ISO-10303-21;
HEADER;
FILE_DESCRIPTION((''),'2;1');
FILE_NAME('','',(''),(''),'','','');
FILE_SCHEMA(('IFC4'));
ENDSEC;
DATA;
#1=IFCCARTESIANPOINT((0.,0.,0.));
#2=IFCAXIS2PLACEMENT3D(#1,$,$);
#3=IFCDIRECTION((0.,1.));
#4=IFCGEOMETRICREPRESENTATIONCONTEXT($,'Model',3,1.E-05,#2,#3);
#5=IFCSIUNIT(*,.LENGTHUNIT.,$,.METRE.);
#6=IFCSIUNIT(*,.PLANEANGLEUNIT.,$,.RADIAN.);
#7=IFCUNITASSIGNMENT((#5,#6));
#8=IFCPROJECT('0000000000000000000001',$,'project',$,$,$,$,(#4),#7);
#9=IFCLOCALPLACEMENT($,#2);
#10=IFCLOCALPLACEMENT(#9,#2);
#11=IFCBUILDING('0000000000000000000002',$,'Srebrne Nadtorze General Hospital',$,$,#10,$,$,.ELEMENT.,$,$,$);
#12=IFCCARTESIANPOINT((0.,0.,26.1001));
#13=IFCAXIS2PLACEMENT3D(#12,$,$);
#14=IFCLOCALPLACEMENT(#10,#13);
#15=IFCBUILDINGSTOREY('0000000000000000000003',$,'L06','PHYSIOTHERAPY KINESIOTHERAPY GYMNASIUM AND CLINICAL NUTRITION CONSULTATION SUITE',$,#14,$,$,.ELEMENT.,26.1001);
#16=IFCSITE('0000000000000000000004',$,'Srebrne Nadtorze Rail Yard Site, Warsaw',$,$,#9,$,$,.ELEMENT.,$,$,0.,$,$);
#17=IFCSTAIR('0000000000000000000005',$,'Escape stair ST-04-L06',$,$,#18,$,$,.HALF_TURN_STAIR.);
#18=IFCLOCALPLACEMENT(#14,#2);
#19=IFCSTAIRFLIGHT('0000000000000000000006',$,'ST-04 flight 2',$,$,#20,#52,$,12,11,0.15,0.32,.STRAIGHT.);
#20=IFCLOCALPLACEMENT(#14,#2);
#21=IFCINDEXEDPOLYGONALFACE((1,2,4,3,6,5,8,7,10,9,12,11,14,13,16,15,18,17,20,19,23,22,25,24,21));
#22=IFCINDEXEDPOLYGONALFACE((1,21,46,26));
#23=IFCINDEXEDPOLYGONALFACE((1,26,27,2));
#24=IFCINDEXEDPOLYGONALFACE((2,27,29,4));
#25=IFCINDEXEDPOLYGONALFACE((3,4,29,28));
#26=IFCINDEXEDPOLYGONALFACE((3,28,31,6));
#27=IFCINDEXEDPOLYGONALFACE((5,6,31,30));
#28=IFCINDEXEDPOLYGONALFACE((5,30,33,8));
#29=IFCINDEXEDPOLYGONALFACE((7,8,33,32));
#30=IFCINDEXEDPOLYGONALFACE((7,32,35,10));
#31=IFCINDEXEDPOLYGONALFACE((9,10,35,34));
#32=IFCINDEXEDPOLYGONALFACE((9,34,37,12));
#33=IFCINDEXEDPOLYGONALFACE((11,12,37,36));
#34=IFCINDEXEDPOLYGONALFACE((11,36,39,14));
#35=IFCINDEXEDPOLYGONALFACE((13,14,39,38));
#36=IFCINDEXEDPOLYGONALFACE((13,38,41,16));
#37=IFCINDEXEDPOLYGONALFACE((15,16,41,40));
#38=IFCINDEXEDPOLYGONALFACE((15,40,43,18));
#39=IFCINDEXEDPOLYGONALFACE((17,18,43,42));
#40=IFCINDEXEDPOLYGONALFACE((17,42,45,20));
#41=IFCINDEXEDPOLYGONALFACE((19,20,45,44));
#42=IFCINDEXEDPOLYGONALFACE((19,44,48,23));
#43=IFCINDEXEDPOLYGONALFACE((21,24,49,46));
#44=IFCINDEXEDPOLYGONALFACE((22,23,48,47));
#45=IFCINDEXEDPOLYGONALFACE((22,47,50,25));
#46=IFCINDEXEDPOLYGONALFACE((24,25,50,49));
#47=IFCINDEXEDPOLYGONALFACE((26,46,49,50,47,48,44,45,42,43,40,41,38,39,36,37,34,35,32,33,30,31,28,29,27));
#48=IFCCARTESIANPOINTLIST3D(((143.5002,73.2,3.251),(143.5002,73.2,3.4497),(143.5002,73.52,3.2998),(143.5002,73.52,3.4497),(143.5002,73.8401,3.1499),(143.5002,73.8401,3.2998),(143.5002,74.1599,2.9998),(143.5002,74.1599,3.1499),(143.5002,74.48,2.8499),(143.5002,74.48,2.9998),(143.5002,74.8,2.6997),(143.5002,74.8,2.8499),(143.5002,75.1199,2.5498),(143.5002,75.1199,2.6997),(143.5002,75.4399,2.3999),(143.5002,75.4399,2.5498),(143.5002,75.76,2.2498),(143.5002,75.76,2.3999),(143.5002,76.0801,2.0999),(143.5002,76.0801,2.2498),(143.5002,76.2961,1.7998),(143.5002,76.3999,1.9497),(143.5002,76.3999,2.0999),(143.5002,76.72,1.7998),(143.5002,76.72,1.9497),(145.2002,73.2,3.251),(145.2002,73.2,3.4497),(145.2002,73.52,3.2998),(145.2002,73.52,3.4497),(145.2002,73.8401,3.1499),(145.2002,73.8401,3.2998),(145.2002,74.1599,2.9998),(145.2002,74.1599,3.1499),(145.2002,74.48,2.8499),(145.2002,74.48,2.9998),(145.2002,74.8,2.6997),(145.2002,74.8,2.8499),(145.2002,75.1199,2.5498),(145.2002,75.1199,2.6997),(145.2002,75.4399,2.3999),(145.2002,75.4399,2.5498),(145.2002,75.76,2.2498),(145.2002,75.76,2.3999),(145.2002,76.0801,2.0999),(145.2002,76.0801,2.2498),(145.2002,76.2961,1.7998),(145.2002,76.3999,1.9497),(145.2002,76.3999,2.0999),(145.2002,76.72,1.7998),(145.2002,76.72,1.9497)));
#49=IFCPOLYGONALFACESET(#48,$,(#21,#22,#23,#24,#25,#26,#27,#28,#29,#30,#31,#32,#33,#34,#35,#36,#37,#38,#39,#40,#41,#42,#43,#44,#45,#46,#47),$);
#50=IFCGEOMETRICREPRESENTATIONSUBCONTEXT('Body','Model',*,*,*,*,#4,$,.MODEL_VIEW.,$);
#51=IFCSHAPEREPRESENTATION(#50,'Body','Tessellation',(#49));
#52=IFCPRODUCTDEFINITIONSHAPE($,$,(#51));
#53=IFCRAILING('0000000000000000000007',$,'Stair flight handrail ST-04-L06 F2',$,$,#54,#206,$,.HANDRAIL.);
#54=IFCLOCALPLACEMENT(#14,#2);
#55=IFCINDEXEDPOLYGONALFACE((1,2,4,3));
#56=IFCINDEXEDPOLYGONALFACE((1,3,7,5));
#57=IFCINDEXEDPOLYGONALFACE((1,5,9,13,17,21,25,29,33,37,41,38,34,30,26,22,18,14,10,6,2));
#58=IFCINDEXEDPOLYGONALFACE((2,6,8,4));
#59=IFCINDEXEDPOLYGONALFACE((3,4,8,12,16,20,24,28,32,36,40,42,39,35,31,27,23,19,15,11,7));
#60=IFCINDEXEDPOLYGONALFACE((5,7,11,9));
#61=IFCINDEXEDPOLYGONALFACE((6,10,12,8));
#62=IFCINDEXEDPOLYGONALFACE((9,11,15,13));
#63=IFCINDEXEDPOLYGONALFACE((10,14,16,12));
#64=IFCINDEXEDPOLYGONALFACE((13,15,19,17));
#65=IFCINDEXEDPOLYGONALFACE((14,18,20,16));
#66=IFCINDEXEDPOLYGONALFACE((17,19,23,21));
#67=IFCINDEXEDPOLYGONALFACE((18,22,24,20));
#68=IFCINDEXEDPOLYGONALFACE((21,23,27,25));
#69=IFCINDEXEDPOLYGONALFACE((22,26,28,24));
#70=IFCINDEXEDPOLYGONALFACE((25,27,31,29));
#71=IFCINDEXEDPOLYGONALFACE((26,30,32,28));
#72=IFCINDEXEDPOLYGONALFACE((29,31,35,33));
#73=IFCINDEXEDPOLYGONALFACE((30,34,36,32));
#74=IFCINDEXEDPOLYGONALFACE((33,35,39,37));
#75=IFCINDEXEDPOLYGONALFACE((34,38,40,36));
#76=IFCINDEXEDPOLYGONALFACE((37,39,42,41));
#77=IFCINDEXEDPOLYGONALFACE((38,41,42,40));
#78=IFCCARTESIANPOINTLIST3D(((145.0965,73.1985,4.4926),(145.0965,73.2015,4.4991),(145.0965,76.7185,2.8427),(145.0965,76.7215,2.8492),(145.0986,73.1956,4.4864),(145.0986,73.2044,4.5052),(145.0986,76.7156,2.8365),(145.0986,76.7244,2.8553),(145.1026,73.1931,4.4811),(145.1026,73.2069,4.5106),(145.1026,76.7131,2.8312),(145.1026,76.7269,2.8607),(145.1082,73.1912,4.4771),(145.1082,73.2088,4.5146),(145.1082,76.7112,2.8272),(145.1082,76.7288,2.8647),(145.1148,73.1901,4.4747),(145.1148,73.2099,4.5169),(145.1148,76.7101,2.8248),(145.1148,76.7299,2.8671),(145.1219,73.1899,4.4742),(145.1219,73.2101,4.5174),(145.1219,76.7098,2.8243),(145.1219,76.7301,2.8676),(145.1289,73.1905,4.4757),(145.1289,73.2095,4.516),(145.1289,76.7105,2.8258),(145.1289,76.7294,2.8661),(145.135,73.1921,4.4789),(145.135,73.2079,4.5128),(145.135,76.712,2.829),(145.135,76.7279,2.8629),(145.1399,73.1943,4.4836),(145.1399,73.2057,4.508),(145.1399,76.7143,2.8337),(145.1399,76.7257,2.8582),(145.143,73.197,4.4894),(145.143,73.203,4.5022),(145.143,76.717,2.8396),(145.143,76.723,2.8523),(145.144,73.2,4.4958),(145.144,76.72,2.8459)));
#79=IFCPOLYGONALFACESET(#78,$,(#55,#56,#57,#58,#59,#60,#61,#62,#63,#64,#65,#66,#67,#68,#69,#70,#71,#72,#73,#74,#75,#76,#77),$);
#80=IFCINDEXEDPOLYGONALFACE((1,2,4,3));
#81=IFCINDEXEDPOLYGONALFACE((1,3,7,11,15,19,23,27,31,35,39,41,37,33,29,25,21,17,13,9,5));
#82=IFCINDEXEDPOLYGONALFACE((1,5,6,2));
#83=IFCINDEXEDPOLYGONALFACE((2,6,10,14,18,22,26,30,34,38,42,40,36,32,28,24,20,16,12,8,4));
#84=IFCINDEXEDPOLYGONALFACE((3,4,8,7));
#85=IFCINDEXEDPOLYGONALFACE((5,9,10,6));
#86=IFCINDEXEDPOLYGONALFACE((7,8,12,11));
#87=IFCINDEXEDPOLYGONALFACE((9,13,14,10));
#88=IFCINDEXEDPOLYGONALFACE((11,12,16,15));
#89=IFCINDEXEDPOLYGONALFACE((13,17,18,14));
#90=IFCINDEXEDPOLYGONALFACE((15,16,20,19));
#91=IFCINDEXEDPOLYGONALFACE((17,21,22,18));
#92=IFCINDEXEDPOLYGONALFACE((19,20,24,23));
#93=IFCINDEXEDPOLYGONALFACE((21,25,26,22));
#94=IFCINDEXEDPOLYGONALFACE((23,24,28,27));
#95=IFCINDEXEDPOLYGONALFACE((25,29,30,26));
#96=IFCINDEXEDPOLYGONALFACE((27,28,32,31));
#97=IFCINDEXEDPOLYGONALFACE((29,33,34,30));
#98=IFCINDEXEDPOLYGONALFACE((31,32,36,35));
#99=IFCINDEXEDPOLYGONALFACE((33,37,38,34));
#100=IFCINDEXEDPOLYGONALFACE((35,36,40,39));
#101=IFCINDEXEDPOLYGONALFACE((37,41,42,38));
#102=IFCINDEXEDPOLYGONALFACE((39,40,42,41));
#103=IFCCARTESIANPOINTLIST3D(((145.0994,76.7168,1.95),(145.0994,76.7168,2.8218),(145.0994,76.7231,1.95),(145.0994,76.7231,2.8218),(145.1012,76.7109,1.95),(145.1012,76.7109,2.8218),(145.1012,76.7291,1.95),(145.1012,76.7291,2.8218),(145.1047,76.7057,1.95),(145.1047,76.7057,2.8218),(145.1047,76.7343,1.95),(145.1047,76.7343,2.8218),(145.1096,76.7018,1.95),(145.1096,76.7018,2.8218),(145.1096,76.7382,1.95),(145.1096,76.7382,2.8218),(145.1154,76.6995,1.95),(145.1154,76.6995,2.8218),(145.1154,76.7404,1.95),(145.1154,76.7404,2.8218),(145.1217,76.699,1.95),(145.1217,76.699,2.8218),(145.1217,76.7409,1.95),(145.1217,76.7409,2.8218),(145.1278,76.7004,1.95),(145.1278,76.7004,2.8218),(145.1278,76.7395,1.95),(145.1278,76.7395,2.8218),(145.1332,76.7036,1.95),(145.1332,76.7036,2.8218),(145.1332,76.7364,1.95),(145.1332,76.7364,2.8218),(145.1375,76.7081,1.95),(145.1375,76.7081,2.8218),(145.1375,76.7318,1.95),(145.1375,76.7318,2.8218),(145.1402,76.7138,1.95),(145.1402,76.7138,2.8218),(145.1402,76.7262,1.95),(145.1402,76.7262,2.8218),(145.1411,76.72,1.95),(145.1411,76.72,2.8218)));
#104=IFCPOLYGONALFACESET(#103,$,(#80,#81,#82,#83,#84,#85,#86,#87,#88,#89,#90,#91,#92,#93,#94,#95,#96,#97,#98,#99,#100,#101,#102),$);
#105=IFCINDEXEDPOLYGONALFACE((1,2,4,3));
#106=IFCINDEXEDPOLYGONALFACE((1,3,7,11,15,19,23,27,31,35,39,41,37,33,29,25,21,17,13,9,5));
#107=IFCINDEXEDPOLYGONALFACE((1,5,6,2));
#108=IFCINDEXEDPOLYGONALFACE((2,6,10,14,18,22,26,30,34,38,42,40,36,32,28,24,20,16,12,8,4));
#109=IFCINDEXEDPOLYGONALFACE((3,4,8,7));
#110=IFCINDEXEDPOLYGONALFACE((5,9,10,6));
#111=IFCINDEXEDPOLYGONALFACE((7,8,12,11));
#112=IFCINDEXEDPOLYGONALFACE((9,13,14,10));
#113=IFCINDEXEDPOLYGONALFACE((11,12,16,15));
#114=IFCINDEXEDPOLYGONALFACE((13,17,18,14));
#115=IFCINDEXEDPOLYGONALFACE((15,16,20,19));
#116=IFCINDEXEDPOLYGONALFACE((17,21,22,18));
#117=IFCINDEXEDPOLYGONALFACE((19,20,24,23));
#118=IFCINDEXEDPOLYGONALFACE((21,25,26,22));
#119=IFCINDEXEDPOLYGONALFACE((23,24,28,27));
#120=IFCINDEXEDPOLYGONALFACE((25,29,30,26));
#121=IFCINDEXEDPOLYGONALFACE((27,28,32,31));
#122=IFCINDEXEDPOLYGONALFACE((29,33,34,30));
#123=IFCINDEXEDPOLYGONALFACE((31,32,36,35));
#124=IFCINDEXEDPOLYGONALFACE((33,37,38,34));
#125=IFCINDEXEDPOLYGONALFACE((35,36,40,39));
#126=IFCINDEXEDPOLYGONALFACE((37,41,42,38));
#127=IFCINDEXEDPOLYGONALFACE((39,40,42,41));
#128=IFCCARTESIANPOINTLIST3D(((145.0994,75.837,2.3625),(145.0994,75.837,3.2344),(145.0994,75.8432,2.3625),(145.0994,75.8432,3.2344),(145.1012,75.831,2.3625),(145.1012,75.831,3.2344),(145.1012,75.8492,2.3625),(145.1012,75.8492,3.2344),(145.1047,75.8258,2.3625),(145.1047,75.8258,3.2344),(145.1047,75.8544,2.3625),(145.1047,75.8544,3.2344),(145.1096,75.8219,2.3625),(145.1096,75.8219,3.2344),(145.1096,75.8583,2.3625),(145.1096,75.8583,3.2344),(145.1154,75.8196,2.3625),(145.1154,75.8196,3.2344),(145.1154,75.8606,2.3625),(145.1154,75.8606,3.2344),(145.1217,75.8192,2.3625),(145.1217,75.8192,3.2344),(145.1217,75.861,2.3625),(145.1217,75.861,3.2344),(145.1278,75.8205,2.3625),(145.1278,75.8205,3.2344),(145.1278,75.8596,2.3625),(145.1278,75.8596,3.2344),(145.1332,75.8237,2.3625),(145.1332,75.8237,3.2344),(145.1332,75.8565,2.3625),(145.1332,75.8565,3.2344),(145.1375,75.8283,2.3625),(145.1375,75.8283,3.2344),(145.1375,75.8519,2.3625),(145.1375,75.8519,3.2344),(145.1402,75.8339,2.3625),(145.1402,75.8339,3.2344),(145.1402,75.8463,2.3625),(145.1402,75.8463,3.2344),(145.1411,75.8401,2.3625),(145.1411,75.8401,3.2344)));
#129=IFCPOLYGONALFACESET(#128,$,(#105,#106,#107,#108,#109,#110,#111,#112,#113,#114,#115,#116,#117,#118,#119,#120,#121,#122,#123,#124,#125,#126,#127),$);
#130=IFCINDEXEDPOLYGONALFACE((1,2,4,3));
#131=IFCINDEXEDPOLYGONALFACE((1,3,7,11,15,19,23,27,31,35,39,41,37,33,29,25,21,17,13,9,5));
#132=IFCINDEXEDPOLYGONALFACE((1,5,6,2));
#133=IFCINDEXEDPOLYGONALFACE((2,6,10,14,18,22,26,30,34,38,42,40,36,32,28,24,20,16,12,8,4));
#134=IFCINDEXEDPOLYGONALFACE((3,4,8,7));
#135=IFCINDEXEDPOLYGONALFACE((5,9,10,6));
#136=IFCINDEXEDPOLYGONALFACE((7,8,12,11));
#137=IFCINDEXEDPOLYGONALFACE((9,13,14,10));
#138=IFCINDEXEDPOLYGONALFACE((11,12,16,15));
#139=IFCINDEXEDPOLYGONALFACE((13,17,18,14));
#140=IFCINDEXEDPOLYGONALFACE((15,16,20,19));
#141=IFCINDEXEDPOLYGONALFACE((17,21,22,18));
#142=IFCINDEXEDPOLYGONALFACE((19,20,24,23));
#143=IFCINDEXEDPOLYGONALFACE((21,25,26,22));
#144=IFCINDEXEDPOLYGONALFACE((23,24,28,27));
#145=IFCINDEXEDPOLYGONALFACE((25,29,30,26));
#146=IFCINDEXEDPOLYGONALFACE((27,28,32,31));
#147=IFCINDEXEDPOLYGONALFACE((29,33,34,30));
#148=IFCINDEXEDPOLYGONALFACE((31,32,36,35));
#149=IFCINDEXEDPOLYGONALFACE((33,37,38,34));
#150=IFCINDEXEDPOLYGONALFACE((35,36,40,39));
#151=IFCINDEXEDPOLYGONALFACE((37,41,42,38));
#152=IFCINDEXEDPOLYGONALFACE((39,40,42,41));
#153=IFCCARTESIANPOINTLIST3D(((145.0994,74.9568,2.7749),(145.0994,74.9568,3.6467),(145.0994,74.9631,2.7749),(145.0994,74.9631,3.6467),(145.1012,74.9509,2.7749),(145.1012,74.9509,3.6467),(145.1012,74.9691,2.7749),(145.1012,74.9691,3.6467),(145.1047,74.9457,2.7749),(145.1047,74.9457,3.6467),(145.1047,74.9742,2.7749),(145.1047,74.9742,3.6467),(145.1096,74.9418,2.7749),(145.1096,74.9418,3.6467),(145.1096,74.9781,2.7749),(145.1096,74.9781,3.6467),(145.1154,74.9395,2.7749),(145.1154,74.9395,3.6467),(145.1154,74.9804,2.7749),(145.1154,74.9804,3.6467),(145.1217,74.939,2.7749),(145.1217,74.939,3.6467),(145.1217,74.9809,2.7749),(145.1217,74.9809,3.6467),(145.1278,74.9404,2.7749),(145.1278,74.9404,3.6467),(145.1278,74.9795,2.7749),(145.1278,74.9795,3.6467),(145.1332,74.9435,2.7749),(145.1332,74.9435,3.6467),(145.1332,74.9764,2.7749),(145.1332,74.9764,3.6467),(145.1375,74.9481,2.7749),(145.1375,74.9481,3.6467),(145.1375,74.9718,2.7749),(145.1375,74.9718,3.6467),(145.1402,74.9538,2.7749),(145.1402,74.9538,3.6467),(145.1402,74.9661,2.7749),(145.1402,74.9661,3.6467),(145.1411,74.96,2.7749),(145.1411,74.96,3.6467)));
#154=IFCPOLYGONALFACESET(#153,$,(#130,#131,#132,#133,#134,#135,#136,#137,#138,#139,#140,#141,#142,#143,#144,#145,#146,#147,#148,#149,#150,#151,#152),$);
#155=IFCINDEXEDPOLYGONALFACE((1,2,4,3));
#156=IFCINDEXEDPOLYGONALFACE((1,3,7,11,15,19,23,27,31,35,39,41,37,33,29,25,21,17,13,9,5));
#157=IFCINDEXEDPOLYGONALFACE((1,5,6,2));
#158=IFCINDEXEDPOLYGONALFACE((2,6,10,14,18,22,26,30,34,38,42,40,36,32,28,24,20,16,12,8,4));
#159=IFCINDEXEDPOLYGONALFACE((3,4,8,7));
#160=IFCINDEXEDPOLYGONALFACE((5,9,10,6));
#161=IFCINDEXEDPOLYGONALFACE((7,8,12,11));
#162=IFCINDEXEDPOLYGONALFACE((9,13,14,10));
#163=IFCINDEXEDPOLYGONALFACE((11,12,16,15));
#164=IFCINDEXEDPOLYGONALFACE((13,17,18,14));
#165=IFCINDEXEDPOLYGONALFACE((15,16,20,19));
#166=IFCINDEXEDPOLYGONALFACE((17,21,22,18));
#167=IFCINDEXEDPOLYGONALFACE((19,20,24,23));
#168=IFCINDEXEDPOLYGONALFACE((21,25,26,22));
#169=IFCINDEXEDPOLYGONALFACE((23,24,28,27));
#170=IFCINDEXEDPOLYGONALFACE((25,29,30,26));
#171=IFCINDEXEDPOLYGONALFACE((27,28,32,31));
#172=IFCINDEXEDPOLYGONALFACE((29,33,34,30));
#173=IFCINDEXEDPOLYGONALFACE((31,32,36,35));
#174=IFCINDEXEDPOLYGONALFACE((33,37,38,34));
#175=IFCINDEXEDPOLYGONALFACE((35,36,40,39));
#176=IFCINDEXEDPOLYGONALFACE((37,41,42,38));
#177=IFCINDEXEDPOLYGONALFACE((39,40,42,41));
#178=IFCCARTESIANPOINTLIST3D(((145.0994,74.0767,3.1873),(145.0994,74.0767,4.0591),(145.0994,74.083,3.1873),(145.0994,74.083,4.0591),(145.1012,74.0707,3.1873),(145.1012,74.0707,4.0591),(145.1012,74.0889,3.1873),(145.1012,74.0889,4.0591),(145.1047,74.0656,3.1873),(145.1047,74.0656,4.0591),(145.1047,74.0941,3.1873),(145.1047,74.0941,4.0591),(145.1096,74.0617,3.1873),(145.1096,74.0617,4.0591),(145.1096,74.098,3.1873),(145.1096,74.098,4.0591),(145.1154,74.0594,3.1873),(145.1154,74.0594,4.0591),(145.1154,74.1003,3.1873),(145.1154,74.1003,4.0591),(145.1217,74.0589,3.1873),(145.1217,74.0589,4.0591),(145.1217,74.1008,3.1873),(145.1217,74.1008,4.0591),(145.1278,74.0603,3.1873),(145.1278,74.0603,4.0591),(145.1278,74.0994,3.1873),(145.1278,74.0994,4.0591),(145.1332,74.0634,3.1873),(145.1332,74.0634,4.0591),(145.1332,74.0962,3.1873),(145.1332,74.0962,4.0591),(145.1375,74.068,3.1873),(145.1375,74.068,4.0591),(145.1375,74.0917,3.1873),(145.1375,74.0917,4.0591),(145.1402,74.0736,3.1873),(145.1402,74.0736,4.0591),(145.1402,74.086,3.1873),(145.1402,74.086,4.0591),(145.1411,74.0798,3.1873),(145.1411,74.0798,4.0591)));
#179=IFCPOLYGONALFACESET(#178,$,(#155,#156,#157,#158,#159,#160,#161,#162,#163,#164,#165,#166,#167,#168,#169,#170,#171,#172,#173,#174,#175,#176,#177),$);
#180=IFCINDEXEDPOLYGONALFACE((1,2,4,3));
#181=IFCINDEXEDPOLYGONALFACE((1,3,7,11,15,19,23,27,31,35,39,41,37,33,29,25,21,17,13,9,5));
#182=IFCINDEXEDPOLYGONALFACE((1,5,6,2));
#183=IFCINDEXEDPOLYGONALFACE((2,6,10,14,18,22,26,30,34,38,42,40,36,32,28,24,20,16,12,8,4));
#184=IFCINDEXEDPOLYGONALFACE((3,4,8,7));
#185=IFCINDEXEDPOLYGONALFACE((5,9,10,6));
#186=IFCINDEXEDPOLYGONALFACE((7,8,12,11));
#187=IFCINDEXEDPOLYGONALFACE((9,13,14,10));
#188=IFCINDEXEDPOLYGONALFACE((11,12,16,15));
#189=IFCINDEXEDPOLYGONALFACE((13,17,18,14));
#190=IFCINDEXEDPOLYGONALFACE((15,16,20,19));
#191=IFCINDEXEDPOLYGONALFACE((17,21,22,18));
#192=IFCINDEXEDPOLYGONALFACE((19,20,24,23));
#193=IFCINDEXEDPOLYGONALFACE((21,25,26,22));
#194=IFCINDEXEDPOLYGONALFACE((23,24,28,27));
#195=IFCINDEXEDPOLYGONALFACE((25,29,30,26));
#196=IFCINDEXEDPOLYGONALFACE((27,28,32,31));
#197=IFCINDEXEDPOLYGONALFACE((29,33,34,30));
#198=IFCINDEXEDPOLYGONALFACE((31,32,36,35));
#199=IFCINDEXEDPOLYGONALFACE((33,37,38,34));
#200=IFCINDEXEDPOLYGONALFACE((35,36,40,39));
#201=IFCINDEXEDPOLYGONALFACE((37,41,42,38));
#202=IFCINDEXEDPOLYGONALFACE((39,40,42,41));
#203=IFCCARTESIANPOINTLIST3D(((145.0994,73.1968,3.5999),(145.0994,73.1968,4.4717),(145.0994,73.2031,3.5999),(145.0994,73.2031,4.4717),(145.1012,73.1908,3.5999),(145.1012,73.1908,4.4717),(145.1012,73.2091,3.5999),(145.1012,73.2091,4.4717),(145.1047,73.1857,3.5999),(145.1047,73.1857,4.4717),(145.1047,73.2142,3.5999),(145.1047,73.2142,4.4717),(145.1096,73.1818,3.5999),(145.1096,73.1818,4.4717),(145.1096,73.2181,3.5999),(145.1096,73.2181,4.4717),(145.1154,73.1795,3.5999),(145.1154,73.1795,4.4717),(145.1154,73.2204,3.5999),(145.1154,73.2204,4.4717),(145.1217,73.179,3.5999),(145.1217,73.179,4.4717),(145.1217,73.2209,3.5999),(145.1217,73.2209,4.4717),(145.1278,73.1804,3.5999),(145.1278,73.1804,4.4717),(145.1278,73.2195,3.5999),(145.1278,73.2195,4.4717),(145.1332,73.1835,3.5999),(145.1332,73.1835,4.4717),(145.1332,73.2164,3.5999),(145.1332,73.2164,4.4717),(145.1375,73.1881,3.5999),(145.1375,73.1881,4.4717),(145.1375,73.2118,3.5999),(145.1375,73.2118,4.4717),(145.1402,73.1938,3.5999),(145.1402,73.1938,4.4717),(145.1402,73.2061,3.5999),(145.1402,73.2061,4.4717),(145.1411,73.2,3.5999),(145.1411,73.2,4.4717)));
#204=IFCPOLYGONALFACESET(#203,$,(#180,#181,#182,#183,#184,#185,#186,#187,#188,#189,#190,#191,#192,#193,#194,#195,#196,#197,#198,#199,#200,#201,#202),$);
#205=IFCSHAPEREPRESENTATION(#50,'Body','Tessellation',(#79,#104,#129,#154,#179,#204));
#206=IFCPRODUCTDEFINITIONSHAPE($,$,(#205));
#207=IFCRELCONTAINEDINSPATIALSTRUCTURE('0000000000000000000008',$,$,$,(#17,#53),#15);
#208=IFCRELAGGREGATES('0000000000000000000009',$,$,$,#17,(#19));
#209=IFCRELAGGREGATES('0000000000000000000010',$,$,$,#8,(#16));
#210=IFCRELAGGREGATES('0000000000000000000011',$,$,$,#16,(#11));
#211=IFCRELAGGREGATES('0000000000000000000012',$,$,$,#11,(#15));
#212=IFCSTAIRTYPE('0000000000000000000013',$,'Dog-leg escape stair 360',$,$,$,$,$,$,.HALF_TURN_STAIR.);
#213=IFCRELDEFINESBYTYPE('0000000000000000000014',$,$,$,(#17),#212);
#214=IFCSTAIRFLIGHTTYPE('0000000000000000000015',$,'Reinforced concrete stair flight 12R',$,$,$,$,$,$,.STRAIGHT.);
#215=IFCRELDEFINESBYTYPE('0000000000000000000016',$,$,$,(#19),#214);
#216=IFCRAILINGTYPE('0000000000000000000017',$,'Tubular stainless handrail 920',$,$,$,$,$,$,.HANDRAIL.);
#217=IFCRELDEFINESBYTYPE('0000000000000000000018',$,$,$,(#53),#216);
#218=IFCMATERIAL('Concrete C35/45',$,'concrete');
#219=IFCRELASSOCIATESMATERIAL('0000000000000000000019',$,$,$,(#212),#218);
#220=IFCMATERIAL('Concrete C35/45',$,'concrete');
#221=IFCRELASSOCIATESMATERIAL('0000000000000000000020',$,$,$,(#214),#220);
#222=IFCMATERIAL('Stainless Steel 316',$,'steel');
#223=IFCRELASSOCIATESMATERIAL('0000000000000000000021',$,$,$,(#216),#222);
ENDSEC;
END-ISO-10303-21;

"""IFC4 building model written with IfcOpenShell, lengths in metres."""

from ifc_helpers import new_model, si_unit, direction, frame, origin, origin_2d, place, context, subcontext, project, spatial, polyline, circle, outline, extrude, material, type_object, element, aggregate, save


model = new_model("IFC4")

# Units and contexts
model_context = context("Model", 3, precision=1e-05, world=origin(), true_north=direction((0.0, 1.0)))
body_context = subcontext(model_context, "Body", "Model", "MODEL_VIEW")
ifc_project = project(units=[si_unit("LENGTHUNIT", "METRE"), si_unit("PLANEANGLEUNIT", "RADIAN")], contexts=[model_context])

# Site, building, storey
site_placement = place(None, origin())
site = spatial("IfcSite", under=ifc_project, at=site_placement, Name="Srebrne Nadtorze Rail Yard Site, Warsaw", CompositionType="ELEMENT", RefElevation=0.0)
building_placement = place(site_placement, origin())
building = spatial("IfcBuilding", under=site, at=building_placement, Name="Srebrne Nadtorze General Hospital", CompositionType="ELEMENT")
storey_placement = place(building_placement, frame((0.0, 0.0, 26.1001)))
storey = spatial("IfcBuildingStorey", under=building, at=storey_placement, Name="L06", Description="PHYSIOTHERAPY KINESIOTHERAPY GYMNASIUM AND CLINICAL NUTRITION CONSULTATION SUITE", CompositionType="ELEMENT", Elevation=26.1001)

# Stair, stair flight
ifc_material_1 = material(Name="Concrete C35/45", Category="concrete")
stair_type = type_object("IfcStairType", Name="Dog-leg escape stair 360", PredefinedType="HALF_TURN_STAIR", material=ifc_material_1)
stair_placement = place(storey_placement, origin())
stair = element("IfcStair", 1, at=stair_placement, inside=storey, type_object=stair_type, Name="Escape stair ST-04-L06", PredefinedType="HALF_TURN_STAIR")
ifc_material_2 = material(Name="Concrete C35/45", Category="concrete")
stair_flight_type = type_object("IfcStairFlightType", Name="Reinforced concrete stair flight 12R", PredefinedType="STRAIGHT", material=ifc_material_2)
stair_flight_placement = place(storey_placement, frame((144.3501, 76.72, 1.7998), z_axis=(0.0, 0.0, 1.0), x_axis=(0.0, -1.0, 0.0)))
stair_flight = element("IfcStairFlight", 2, at=stair_flight_placement, type_object=stair_flight_type, Name="ST-04 flight 2", NumberOfRisers=12, NumberOfTreads=11, PredefinedType="STRAIGHT", RiserHeight=0.15, TreadLength=0.32, context=body_context, shape_type="SweptSolid", body=[
    extrude(outline(polyline([(0.0, 0.0), (0.0, 0.1499), (0.3201, 0.1499), (0.3201, 0.3), (0.6399, 0.3), (0.6399, 0.45), (0.96, 0.45), (0.96, 0.6001), (1.28, 0.6001), (1.28, 0.75), (1.6001, 0.75), (1.6001, 0.8999), (1.9199, 0.8999), (1.9199, 1.05), (2.24, 1.05), (2.24, 1.2), (2.5601, 1.2), (2.5601, 1.3501), (2.8799, 1.3501), (2.8799, 1.5), (3.2, 1.5), (3.2, 1.6499), (3.52, 1.6499), (3.52, 1.8), (3.52, 1.4512), (0.4238, 0.0), (0.0, 0.0)])), frame((0.0, 0.8501, 0.0), z_axis=(0.0, -1.0, 0.0), x_axis=(1.0, 0.0, 0.0)), (0.0, 0.0, 1.0), 1.7),
])
aggregate(stair, [stair_flight])

# Railing
ifc_material_3 = material(Name="Stainless Steel 316", Category="steel")
railing_type = type_object("IfcRailingType", Name="Tubular stainless handrail 920", PredefinedType="HANDRAIL", material=ifc_material_3)
railing_placement = place(storey_placement, frame((145.1201, 76.72, 1.95)))
element("IfcRailing", 3, at=railing_placement, inside=storey, type_object=railing_type, Name="Stair flight handrail ST-04-L06 F2", PredefinedType="HANDRAIL", context=body_context, shape_type="SweptSolid", body=[
    extrude(circle(Radius=0.0239, at=origin_2d()), frame((0.0, 0.0, 0.896), z_axis=(0.0, -0.905469, 0.424411), x_axis=(1.0, 0.0, 0.0)), (0.0, 0.0, 1.0), 3.8875),
    extrude(circle(Radius=0.021, at=origin_2d()), origin(), (0.0, 0.0, 1.0), 0.8718),
    extrude(circle(Radius=0.021, at=origin_2d()), frame((0.0, -0.8799, 0.4126)), (0.0, 0.0, 1.0), 0.8718),
    extrude(circle(Radius=0.021, at=origin_2d()), frame((0.0, -1.76, 0.825)), (0.0, 0.0, 1.0), 0.8718),
    extrude(circle(Radius=0.021, at=origin_2d()), frame((0.0, -2.6401, 1.2373)), (0.0, 0.0, 1.0), 0.8718),
    extrude(circle(Radius=0.021, at=origin_2d()), frame((0.0, -3.52, 1.6499)), (0.0, 0.0, 1.0), 0.8718),
])

save(model, "model.ifc")
